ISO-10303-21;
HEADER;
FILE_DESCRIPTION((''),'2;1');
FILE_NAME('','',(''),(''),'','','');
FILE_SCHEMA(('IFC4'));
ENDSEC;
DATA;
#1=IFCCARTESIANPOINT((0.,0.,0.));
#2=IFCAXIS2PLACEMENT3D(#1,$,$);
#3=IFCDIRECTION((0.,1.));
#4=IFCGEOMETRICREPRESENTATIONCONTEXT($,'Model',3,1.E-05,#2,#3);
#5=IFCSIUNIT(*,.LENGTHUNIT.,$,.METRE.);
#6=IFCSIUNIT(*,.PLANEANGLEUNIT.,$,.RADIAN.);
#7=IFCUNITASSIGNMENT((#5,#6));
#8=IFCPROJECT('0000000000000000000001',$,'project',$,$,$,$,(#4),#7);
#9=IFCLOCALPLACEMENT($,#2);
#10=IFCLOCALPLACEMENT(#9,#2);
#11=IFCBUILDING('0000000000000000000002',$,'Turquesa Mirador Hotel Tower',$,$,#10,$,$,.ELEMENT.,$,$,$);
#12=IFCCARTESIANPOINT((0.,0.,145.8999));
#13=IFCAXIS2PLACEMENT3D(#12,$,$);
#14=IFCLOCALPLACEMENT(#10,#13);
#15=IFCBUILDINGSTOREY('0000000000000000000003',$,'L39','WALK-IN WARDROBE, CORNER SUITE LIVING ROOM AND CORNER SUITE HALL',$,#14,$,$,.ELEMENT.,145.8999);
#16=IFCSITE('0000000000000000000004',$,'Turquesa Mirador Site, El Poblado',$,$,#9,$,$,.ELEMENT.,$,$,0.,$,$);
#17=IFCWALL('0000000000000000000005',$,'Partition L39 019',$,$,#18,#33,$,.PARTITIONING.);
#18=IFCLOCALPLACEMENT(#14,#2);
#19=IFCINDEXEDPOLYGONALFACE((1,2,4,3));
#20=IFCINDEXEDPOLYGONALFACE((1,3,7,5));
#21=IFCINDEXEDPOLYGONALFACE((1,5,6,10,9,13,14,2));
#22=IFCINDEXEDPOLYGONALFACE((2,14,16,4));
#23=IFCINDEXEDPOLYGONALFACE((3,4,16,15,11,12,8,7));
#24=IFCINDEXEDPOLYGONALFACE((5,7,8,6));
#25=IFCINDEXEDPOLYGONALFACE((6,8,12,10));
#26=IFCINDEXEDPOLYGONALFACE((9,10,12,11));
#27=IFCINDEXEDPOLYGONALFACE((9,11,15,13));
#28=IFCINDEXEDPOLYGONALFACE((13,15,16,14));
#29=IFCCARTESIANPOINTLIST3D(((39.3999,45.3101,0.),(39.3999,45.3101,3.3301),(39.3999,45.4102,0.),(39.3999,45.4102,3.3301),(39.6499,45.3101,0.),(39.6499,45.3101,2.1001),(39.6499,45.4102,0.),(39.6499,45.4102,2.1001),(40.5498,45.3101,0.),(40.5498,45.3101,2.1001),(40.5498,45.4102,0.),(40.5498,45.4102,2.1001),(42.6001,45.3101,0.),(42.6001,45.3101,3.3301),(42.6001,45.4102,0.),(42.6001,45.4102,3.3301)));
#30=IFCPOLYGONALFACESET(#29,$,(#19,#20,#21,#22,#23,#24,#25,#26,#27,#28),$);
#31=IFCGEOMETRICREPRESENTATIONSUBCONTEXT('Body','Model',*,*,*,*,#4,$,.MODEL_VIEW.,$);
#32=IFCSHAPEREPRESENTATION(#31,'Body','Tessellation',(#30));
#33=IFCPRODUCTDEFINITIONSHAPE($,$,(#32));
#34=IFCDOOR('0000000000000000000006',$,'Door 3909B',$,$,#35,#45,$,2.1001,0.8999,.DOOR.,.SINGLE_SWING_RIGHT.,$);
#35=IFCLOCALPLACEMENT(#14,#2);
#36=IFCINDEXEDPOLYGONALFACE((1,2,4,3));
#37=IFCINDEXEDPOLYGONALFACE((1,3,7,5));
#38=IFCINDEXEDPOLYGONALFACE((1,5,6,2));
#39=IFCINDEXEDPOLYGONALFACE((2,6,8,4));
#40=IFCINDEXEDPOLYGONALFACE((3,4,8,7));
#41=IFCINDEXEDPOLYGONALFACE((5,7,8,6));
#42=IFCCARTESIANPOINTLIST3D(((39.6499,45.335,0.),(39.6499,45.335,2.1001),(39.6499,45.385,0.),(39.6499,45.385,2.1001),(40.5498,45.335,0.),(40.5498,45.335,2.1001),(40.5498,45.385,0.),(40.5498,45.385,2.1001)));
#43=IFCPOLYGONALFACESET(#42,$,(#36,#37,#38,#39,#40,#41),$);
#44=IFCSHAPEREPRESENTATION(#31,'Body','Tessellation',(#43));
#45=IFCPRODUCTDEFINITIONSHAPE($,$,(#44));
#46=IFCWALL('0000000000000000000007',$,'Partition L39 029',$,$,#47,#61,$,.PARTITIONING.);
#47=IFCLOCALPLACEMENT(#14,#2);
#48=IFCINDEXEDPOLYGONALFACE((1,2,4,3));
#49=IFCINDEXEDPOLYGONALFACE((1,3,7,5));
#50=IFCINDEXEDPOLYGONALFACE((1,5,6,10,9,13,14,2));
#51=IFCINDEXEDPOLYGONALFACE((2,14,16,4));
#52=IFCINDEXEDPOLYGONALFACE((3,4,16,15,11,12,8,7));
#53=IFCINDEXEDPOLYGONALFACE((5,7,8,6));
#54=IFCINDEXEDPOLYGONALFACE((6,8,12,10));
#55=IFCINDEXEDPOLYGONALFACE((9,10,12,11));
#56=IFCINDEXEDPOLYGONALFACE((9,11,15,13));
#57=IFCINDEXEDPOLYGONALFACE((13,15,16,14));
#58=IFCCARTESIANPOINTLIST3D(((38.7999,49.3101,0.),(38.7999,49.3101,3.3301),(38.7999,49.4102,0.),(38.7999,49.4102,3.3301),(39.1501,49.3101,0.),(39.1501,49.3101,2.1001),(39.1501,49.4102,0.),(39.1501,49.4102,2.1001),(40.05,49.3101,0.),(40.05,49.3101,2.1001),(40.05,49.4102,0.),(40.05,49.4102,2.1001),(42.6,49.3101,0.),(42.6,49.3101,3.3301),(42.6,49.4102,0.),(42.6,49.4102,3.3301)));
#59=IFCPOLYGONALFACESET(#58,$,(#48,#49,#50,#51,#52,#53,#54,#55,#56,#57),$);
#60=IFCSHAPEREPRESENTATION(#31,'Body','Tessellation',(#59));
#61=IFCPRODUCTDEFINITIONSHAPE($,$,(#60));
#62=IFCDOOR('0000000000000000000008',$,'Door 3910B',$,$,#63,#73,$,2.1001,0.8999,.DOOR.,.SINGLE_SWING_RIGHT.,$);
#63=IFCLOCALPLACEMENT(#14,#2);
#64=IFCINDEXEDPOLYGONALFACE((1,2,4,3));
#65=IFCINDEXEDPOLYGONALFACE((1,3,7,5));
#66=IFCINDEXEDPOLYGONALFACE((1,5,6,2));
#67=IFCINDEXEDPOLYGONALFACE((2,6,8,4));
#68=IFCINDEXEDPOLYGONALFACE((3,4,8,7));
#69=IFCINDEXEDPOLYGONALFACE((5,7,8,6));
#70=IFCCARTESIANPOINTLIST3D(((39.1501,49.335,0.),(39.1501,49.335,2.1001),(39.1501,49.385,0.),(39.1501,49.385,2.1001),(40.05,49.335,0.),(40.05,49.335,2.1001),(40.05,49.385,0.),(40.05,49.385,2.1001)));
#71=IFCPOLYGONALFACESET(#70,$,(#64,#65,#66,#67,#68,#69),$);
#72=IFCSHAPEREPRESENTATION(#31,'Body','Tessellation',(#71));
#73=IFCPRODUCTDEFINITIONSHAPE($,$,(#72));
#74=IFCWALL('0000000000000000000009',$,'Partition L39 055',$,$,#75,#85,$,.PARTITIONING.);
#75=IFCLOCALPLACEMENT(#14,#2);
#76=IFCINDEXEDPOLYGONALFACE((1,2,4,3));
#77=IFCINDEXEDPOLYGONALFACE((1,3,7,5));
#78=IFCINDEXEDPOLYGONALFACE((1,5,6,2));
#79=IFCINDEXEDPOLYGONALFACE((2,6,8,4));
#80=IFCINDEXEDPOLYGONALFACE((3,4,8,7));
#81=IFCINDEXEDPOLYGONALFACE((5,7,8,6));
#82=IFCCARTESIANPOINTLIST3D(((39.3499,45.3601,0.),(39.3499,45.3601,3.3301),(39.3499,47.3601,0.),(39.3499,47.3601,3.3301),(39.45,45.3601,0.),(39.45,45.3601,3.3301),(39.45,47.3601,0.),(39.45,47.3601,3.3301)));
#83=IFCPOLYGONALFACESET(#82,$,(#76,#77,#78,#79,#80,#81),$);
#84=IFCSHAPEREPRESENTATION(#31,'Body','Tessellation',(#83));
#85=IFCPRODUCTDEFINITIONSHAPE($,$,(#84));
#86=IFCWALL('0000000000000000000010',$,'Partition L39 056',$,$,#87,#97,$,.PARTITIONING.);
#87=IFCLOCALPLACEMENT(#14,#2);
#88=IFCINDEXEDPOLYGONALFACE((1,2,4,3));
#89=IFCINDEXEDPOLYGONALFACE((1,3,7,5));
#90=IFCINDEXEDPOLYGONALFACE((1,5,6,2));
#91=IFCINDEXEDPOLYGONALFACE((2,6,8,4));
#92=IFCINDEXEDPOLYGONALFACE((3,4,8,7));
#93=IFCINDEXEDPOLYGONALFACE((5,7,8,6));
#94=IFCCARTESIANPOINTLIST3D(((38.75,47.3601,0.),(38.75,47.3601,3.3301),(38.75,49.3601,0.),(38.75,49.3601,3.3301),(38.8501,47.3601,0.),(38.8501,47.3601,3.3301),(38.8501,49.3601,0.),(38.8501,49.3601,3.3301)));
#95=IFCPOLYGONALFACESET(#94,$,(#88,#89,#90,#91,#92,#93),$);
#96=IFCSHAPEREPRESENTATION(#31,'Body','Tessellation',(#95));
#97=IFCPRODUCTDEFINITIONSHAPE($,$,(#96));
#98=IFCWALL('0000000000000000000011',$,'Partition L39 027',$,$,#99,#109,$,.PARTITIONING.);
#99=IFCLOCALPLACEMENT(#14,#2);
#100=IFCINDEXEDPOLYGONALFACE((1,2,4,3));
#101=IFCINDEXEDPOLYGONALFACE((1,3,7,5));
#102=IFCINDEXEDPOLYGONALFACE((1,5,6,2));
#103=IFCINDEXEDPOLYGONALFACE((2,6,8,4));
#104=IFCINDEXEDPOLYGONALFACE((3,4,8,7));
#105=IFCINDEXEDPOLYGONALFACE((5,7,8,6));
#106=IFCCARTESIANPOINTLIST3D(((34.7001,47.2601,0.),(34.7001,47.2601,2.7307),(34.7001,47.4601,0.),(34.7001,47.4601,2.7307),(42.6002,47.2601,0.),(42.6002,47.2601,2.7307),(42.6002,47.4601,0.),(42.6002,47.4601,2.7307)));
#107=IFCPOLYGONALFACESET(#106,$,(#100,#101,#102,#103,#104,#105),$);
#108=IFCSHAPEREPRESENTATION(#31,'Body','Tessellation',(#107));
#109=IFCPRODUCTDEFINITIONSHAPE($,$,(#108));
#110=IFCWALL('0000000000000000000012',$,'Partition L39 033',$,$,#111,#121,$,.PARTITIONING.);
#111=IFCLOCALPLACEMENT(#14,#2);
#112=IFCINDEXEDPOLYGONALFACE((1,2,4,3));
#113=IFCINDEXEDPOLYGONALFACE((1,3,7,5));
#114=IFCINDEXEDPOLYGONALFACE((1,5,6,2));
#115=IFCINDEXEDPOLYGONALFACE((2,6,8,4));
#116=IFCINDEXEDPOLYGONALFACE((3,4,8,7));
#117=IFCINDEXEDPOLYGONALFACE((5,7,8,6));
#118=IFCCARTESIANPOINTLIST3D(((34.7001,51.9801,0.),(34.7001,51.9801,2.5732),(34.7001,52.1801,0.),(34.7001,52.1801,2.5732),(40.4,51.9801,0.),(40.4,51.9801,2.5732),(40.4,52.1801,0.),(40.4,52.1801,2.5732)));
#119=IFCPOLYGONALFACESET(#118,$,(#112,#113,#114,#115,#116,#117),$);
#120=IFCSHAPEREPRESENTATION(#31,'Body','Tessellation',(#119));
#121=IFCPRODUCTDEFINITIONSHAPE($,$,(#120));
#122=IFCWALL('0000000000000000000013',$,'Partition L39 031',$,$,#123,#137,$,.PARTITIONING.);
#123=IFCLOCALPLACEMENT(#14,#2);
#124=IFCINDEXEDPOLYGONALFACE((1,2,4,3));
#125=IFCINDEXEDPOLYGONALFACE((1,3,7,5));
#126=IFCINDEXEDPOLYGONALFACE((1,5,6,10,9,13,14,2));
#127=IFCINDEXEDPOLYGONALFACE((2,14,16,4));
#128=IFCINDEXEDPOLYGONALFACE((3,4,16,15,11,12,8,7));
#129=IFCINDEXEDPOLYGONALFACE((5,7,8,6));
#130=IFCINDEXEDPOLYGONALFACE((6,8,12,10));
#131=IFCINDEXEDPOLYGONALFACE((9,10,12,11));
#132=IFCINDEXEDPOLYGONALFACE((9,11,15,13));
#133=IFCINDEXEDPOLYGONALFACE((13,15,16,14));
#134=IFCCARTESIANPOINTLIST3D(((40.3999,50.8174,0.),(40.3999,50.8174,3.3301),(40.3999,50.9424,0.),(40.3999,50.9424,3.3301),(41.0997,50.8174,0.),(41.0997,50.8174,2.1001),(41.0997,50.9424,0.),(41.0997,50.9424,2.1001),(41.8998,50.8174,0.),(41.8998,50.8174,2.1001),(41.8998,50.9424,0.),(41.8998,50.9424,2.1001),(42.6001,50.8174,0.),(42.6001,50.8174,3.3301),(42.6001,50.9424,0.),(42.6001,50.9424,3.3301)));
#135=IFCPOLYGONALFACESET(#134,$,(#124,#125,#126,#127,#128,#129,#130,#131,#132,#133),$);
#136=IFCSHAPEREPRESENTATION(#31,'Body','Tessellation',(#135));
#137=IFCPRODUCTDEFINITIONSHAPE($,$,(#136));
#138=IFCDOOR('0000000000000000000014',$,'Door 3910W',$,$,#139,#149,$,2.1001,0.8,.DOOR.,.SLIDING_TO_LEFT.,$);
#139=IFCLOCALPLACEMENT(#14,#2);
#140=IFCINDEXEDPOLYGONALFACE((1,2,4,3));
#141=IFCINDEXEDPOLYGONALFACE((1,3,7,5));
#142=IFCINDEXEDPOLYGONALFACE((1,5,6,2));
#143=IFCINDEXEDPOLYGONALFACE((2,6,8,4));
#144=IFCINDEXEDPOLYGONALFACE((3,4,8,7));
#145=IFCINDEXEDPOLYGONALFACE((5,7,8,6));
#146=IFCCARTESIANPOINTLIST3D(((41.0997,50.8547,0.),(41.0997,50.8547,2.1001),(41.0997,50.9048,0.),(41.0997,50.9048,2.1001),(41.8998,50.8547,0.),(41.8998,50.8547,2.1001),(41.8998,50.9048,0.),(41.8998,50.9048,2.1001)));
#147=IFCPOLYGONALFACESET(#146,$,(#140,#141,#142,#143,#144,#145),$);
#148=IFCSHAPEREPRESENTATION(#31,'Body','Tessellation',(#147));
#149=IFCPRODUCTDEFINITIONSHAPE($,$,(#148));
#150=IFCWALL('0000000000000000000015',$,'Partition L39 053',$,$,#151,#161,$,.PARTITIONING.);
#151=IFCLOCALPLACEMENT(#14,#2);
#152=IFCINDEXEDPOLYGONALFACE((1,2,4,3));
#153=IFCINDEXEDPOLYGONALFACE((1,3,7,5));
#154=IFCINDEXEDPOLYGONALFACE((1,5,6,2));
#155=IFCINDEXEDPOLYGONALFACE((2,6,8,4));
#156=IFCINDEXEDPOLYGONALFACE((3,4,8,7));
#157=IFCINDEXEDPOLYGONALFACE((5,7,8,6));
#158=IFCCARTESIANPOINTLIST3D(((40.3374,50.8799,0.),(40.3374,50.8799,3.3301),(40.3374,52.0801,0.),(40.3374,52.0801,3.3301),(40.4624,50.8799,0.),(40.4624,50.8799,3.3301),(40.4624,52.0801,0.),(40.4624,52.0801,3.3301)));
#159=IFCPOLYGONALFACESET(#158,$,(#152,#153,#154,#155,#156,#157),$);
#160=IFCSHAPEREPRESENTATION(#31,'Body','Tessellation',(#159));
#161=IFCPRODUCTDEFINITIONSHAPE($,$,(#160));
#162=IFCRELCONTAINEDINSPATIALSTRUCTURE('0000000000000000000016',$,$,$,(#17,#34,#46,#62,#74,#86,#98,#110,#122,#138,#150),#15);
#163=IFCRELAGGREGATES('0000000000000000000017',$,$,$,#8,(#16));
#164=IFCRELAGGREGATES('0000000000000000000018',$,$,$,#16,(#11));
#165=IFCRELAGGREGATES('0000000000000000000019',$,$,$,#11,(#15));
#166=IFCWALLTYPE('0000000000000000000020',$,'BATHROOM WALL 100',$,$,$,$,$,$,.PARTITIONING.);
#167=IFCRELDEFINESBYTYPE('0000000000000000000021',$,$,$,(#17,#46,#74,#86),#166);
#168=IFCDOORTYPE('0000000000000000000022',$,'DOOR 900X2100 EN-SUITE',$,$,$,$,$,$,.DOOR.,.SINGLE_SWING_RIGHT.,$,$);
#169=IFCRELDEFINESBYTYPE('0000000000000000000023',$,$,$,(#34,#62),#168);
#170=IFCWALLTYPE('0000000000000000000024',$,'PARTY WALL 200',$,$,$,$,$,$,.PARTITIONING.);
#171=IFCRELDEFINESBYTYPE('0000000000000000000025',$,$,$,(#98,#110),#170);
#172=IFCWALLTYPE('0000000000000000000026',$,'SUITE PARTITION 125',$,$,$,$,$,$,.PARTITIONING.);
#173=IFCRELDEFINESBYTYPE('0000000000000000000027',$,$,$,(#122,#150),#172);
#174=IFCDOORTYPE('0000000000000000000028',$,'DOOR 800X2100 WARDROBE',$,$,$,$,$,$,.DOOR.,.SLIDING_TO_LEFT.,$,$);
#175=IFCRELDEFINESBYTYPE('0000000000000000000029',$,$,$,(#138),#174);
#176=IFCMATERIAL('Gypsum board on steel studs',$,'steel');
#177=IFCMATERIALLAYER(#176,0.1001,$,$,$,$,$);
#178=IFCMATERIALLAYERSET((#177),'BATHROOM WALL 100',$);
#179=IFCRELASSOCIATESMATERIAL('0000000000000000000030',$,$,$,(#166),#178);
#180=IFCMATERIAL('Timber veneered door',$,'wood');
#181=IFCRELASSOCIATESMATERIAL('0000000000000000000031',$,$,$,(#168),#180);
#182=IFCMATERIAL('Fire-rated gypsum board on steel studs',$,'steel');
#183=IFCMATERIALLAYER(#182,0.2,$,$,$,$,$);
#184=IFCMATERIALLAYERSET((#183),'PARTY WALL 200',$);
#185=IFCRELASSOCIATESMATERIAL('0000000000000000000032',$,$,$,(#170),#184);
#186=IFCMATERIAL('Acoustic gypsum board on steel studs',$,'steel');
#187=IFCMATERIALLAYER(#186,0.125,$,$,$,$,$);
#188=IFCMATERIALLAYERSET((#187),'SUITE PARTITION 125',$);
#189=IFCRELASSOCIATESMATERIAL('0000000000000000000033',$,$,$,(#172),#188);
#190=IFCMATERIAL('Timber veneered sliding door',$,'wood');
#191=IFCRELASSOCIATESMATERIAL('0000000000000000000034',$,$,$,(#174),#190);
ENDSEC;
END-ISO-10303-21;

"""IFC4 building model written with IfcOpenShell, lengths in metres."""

from ifc_helpers import new_model, si_unit, direction, frame, frame_2d, origin, place, context, subcontext, project, spatial, rectangle, extrude, material, layer, layer_set, type_object, element, fill, save


model = new_model("IFC4")

# Units and contexts
model_context = context("Model", 3, precision=1e-05, world=origin(), true_north=direction((0.0, 1.0)))
body_context = subcontext(model_context, "Body", "Model", "MODEL_VIEW")
ifc_project = project(units=[si_unit("LENGTHUNIT", "METRE"), si_unit("PLANEANGLEUNIT", "RADIAN")], contexts=[model_context])

# Site, building, storey
site_placement = place(None, origin())
site = spatial("IfcSite", under=ifc_project, at=site_placement, Name="Turquesa Mirador Site, El Poblado", CompositionType="ELEMENT", RefElevation=0.0)
building_placement = place(site_placement, origin())
building = spatial("IfcBuilding", under=site, at=building_placement, Name="Turquesa Mirador Hotel Tower", CompositionType="ELEMENT")
storey_placement = place(building_placement, frame((0.0, 0.0, 145.8999)))
storey = spatial("IfcBuildingStorey", under=building, at=storey_placement, Name="L39", Description="WALK-IN WARDROBE, CORNER SUITE LIVING ROOM AND CORNER SUITE HALL", CompositionType="ELEMENT", Elevation=145.8999)

# Walls, openings, doors
ifc_material_1 = material(Name="Gypsum board on steel studs", Category="steel")
ifc_layer_1 = layer(ifc_material_1, 0.1001)
ifc_layer_set_1 = layer_set([ifc_layer_1], Name="BATHROOM WALL 100")
wall_type_1 = type_object("IfcWallType", Name="BATHROOM WALL 100", PredefinedType="PARTITIONING", material=ifc_layer_set_1)
wall_1_placement = place(storey_placement, frame((39.3999, 45.3601, 0.0), z_axis=(0.0, 0.0, 1.0), x_axis=(1.0, 0.0, 0.0)))
wall_1 = element("IfcWall", 1, at=wall_1_placement, inside=storey, type_object=wall_type_1, Name="Partition L39 019", PredefinedType="PARTITIONING", context=body_context, shape_type="SweptSolid", body=[
    extrude(rectangle(XDim=3.2002, YDim=0.1001, at=frame_2d((1.6001, 0.0))), origin(), (0.0, 0.0, 1.0), 3.3301),
])
opening_1_placement = place(wall_1_placement, frame((0.25, 0.0, 0.0)))
opening_1 = element("IfcOpeningElement", 2, at=opening_1_placement, cuts=wall_1, PredefinedType="OPENING", context=body_context, shape_type="SweptSolid", body=[
    extrude(rectangle(XDim=0.8999, YDim=2.1001, at=frame_2d((0.45, 1.05))), frame((0.0, 0.0601, 0.0), z_axis=(0.0, -1.0, 0.0), x_axis=(1.0, 0.0, 0.0)), (0.0, 0.0, 1.0), 0.1201),
])
ifc_material_2 = material(Name="Timber veneered door", Category="wood")
door_type_1 = type_object("IfcDoorType", Name="DOOR 900X2100 EN-SUITE", OperationType="SINGLE_SWING_RIGHT", PredefinedType="DOOR", material=ifc_material_2)
door_1_placement = place(opening_1_placement, origin())
door_1 = element("IfcDoor", 3, at=door_1_placement, inside=storey, type_object=door_type_1, Name="Door 3909B", OperationType="SINGLE_SWING_RIGHT", OverallHeight=2.1001, OverallWidth=0.8999, PredefinedType="DOOR", context=body_context, shape_type="SweptSolid", body=[
    extrude(rectangle(XDim=0.8999, YDim=2.1001, at=frame_2d((0.45, 1.05))), frame((0.0, 0.0249, 0.0), z_axis=(0.0, -1.0, 0.0), x_axis=(1.0, 0.0, 0.0)), (0.0, 0.0, 1.0), 0.05),
])
fill(opening_1, door_1)
wall_2_placement = place(storey_placement, frame((38.8, 49.3601, 0.0), z_axis=(0.0, 0.0, 1.0), x_axis=(1.0, 0.0, 0.0)))
wall_2 = element("IfcWall", 4, at=wall_2_placement, inside=storey, type_object=wall_type_1, Name="Partition L39 029", PredefinedType="PARTITIONING", context=body_context, shape_type="SweptSolid", body=[
    extrude(rectangle(XDim=3.8, YDim=0.1001, at=frame_2d((1.8999, 0.0))), origin(), (0.0, 0.0, 1.0), 3.3301),
])
opening_2_placement = place(wall_2_placement, frame((0.3501, 0.0, 0.0)))
opening_2 = element("IfcOpeningElement", 5, at=opening_2_placement, cuts=wall_2, PredefinedType="OPENING", context=body_context, shape_type="SweptSolid", body=[
    extrude(rectangle(XDim=0.8999, YDim=2.1001, at=frame_2d((0.45, 1.05))), frame((0.0, 0.0601, 0.0), z_axis=(0.0, -1.0, 0.0), x_axis=(1.0, 0.0, 0.0)), (0.0, 0.0, 1.0), 0.1201),
])
door_2_placement = place(opening_2_placement, origin())
door_2 = element("IfcDoor", 6, at=door_2_placement, inside=storey, type_object=door_type_1, Name="Door 3910B", OperationType="SINGLE_SWING_RIGHT", OverallHeight=2.1001, OverallWidth=0.8999, PredefinedType="DOOR", context=body_context, shape_type="SweptSolid", body=[
    extrude(rectangle(XDim=0.8999, YDim=2.1001, at=frame_2d((0.45, 1.05))), frame((0.0, 0.0249, 0.0), z_axis=(0.0, -1.0, 0.0), x_axis=(1.0, 0.0, 0.0)), (0.0, 0.0, 1.0), 0.05),
])
fill(opening_2, door_2)

# Walls
for number, where, z_axis, x_axis, name in (
    (7, (39.3999, 45.3601, 0.0), (0.0, 0.0, 1.0), (0.0, 1.0, 0.0), "Partition L39 055"),
    (8, (38.8, 47.3601, 0.0), (0.0, 0.0, 1.0), (0.0, 1.0, 0.0), "Partition L39 056"),
):
    element("IfcWall", number, at=place(storey_placement, frame(where, z_axis=z_axis, x_axis=x_axis)), inside=storey, type_object=wall_type_1, Name=name, PredefinedType="PARTITIONING", context=body_context, shape_type="SweptSolid", body=[
        extrude(rectangle(XDim=2.0, YDim=0.1001, at=frame_2d((1.0, 0.0))), origin(), (0.0, 0.0, 1.0), 3.3301),
    ])
ifc_material_3 = material(Name="Fire-rated gypsum board on steel studs", Category="steel")
ifc_layer_2 = layer(ifc_material_3, 0.2)
ifc_layer_set_2 = layer_set([ifc_layer_2], Name="PARTY WALL 200")
wall_type_2 = type_object("IfcWallType", Name="PARTY WALL 200", PredefinedType="PARTITIONING", material=ifc_layer_set_2)
wall_3_placement = place(storey_placement, frame((34.7, 47.3601, 0.0), z_axis=(0.0, 0.0, 1.0), x_axis=(1.0, 0.0, 0.0)))
element("IfcWall", 9, at=wall_3_placement, inside=storey, type_object=wall_type_2, Name="Partition L39 027", PredefinedType="PARTITIONING", context=body_context, shape_type="SweptSolid", body=[
    extrude(rectangle(XDim=7.9001, YDim=0.2, at=frame_2d((3.9502, 0.0))), origin(), (0.0, 0.0, 1.0), 2.7307),
])
wall_4_placement = place(storey_placement, frame((34.7, 52.0801, 0.0), z_axis=(0.0, 0.0, 1.0), x_axis=(1.0, 0.0, 0.0)))
element("IfcWall", 10, at=wall_4_placement, inside=storey, type_object=wall_type_2, Name="Partition L39 033", PredefinedType="PARTITIONING", context=body_context, shape_type="SweptSolid", body=[
    extrude(rectangle(XDim=5.7, YDim=0.2, at=frame_2d((2.8501, 0.0))), origin(), (0.0, 0.0, 1.0), 2.5732),
])

# Wall, opening, door
ifc_material_4 = material(Name="Acoustic gypsum board on steel studs", Category="steel")
ifc_layer_3 = layer(ifc_material_4, 0.125)
ifc_layer_set_3 = layer_set([ifc_layer_3], Name="SUITE PARTITION 125")
wall_type_3 = type_object("IfcWallType", Name="SUITE PARTITION 125", PredefinedType="PARTITIONING", material=ifc_layer_set_3)
wall_5_placement = place(storey_placement, frame((40.3999, 50.8799, 0.0), z_axis=(0.0, 0.0, 1.0), x_axis=(1.0, 0.0, 0.0)))
wall_5 = element("IfcWall", 11, at=wall_5_placement, inside=storey, type_object=wall_type_3, Name="Partition L39 031", PredefinedType="PARTITIONING", context=body_context, shape_type="SweptSolid", body=[
    extrude(rectangle(XDim=2.2002, YDim=0.125, at=frame_2d((1.1001, 0.0))), origin(), (0.0, 0.0, 1.0), 3.3301),
])
opening_3_placement = place(wall_5_placement, frame((0.7, 0.0, 0.0)))
opening_3 = element("IfcOpeningElement", 12, at=opening_3_placement, cuts=wall_5, PredefinedType="OPENING", context=body_context, shape_type="SweptSolid", body=[
    extrude(rectangle(XDim=0.8, YDim=2.1001, at=frame_2d((0.3999, 1.05))), frame((0.0, 0.0725, 0.0), z_axis=(0.0, -1.0, 0.0), x_axis=(1.0, 0.0, 0.0)), (0.0, 0.0, 1.0), 0.145),
])
ifc_material_5 = material(Name="Timber veneered sliding door", Category="wood")
door_type_2 = type_object("IfcDoorType", Name="DOOR 800X2100 WARDROBE", OperationType="SLIDING_TO_LEFT", PredefinedType="DOOR", material=ifc_material_5)
door_3_placement = place(opening_3_placement, origin())
door_3 = element("IfcDoor", 13, at=door_3_placement, inside=storey, type_object=door_type_2, Name="Door 3910W", OperationType="SLIDING_TO_LEFT", OverallHeight=2.1001, OverallWidth=0.8, PredefinedType="DOOR", context=body_context, shape_type="SweptSolid", body=[
    extrude(rectangle(XDim=0.8, YDim=2.1001, at=frame_2d((0.3999, 1.05))), frame((0.0, 0.0249, 0.0), z_axis=(0.0, -1.0, 0.0), x_axis=(1.0, 0.0, 0.0)), (0.0, 0.0, 1.0), 0.05),
])
fill(opening_3, door_3)

# Wall
wall_6_placement = place(storey_placement, frame((40.3999, 50.8799, 0.0), z_axis=(0.0, 0.0, 1.0), x_axis=(0.0, 1.0, 0.0)))
element("IfcWall", 14, at=wall_6_placement, inside=storey, type_object=wall_type_3, Name="Partition L39 053", PredefinedType="PARTITIONING", context=body_context, shape_type="SweptSolid", body=[
    extrude(rectangle(XDim=1.2002, YDim=0.125, at=frame_2d((0.6001, 0.0))), origin(), (0.0, 0.0, 1.0), 3.3301),
])

save(model, "model.ifc")
